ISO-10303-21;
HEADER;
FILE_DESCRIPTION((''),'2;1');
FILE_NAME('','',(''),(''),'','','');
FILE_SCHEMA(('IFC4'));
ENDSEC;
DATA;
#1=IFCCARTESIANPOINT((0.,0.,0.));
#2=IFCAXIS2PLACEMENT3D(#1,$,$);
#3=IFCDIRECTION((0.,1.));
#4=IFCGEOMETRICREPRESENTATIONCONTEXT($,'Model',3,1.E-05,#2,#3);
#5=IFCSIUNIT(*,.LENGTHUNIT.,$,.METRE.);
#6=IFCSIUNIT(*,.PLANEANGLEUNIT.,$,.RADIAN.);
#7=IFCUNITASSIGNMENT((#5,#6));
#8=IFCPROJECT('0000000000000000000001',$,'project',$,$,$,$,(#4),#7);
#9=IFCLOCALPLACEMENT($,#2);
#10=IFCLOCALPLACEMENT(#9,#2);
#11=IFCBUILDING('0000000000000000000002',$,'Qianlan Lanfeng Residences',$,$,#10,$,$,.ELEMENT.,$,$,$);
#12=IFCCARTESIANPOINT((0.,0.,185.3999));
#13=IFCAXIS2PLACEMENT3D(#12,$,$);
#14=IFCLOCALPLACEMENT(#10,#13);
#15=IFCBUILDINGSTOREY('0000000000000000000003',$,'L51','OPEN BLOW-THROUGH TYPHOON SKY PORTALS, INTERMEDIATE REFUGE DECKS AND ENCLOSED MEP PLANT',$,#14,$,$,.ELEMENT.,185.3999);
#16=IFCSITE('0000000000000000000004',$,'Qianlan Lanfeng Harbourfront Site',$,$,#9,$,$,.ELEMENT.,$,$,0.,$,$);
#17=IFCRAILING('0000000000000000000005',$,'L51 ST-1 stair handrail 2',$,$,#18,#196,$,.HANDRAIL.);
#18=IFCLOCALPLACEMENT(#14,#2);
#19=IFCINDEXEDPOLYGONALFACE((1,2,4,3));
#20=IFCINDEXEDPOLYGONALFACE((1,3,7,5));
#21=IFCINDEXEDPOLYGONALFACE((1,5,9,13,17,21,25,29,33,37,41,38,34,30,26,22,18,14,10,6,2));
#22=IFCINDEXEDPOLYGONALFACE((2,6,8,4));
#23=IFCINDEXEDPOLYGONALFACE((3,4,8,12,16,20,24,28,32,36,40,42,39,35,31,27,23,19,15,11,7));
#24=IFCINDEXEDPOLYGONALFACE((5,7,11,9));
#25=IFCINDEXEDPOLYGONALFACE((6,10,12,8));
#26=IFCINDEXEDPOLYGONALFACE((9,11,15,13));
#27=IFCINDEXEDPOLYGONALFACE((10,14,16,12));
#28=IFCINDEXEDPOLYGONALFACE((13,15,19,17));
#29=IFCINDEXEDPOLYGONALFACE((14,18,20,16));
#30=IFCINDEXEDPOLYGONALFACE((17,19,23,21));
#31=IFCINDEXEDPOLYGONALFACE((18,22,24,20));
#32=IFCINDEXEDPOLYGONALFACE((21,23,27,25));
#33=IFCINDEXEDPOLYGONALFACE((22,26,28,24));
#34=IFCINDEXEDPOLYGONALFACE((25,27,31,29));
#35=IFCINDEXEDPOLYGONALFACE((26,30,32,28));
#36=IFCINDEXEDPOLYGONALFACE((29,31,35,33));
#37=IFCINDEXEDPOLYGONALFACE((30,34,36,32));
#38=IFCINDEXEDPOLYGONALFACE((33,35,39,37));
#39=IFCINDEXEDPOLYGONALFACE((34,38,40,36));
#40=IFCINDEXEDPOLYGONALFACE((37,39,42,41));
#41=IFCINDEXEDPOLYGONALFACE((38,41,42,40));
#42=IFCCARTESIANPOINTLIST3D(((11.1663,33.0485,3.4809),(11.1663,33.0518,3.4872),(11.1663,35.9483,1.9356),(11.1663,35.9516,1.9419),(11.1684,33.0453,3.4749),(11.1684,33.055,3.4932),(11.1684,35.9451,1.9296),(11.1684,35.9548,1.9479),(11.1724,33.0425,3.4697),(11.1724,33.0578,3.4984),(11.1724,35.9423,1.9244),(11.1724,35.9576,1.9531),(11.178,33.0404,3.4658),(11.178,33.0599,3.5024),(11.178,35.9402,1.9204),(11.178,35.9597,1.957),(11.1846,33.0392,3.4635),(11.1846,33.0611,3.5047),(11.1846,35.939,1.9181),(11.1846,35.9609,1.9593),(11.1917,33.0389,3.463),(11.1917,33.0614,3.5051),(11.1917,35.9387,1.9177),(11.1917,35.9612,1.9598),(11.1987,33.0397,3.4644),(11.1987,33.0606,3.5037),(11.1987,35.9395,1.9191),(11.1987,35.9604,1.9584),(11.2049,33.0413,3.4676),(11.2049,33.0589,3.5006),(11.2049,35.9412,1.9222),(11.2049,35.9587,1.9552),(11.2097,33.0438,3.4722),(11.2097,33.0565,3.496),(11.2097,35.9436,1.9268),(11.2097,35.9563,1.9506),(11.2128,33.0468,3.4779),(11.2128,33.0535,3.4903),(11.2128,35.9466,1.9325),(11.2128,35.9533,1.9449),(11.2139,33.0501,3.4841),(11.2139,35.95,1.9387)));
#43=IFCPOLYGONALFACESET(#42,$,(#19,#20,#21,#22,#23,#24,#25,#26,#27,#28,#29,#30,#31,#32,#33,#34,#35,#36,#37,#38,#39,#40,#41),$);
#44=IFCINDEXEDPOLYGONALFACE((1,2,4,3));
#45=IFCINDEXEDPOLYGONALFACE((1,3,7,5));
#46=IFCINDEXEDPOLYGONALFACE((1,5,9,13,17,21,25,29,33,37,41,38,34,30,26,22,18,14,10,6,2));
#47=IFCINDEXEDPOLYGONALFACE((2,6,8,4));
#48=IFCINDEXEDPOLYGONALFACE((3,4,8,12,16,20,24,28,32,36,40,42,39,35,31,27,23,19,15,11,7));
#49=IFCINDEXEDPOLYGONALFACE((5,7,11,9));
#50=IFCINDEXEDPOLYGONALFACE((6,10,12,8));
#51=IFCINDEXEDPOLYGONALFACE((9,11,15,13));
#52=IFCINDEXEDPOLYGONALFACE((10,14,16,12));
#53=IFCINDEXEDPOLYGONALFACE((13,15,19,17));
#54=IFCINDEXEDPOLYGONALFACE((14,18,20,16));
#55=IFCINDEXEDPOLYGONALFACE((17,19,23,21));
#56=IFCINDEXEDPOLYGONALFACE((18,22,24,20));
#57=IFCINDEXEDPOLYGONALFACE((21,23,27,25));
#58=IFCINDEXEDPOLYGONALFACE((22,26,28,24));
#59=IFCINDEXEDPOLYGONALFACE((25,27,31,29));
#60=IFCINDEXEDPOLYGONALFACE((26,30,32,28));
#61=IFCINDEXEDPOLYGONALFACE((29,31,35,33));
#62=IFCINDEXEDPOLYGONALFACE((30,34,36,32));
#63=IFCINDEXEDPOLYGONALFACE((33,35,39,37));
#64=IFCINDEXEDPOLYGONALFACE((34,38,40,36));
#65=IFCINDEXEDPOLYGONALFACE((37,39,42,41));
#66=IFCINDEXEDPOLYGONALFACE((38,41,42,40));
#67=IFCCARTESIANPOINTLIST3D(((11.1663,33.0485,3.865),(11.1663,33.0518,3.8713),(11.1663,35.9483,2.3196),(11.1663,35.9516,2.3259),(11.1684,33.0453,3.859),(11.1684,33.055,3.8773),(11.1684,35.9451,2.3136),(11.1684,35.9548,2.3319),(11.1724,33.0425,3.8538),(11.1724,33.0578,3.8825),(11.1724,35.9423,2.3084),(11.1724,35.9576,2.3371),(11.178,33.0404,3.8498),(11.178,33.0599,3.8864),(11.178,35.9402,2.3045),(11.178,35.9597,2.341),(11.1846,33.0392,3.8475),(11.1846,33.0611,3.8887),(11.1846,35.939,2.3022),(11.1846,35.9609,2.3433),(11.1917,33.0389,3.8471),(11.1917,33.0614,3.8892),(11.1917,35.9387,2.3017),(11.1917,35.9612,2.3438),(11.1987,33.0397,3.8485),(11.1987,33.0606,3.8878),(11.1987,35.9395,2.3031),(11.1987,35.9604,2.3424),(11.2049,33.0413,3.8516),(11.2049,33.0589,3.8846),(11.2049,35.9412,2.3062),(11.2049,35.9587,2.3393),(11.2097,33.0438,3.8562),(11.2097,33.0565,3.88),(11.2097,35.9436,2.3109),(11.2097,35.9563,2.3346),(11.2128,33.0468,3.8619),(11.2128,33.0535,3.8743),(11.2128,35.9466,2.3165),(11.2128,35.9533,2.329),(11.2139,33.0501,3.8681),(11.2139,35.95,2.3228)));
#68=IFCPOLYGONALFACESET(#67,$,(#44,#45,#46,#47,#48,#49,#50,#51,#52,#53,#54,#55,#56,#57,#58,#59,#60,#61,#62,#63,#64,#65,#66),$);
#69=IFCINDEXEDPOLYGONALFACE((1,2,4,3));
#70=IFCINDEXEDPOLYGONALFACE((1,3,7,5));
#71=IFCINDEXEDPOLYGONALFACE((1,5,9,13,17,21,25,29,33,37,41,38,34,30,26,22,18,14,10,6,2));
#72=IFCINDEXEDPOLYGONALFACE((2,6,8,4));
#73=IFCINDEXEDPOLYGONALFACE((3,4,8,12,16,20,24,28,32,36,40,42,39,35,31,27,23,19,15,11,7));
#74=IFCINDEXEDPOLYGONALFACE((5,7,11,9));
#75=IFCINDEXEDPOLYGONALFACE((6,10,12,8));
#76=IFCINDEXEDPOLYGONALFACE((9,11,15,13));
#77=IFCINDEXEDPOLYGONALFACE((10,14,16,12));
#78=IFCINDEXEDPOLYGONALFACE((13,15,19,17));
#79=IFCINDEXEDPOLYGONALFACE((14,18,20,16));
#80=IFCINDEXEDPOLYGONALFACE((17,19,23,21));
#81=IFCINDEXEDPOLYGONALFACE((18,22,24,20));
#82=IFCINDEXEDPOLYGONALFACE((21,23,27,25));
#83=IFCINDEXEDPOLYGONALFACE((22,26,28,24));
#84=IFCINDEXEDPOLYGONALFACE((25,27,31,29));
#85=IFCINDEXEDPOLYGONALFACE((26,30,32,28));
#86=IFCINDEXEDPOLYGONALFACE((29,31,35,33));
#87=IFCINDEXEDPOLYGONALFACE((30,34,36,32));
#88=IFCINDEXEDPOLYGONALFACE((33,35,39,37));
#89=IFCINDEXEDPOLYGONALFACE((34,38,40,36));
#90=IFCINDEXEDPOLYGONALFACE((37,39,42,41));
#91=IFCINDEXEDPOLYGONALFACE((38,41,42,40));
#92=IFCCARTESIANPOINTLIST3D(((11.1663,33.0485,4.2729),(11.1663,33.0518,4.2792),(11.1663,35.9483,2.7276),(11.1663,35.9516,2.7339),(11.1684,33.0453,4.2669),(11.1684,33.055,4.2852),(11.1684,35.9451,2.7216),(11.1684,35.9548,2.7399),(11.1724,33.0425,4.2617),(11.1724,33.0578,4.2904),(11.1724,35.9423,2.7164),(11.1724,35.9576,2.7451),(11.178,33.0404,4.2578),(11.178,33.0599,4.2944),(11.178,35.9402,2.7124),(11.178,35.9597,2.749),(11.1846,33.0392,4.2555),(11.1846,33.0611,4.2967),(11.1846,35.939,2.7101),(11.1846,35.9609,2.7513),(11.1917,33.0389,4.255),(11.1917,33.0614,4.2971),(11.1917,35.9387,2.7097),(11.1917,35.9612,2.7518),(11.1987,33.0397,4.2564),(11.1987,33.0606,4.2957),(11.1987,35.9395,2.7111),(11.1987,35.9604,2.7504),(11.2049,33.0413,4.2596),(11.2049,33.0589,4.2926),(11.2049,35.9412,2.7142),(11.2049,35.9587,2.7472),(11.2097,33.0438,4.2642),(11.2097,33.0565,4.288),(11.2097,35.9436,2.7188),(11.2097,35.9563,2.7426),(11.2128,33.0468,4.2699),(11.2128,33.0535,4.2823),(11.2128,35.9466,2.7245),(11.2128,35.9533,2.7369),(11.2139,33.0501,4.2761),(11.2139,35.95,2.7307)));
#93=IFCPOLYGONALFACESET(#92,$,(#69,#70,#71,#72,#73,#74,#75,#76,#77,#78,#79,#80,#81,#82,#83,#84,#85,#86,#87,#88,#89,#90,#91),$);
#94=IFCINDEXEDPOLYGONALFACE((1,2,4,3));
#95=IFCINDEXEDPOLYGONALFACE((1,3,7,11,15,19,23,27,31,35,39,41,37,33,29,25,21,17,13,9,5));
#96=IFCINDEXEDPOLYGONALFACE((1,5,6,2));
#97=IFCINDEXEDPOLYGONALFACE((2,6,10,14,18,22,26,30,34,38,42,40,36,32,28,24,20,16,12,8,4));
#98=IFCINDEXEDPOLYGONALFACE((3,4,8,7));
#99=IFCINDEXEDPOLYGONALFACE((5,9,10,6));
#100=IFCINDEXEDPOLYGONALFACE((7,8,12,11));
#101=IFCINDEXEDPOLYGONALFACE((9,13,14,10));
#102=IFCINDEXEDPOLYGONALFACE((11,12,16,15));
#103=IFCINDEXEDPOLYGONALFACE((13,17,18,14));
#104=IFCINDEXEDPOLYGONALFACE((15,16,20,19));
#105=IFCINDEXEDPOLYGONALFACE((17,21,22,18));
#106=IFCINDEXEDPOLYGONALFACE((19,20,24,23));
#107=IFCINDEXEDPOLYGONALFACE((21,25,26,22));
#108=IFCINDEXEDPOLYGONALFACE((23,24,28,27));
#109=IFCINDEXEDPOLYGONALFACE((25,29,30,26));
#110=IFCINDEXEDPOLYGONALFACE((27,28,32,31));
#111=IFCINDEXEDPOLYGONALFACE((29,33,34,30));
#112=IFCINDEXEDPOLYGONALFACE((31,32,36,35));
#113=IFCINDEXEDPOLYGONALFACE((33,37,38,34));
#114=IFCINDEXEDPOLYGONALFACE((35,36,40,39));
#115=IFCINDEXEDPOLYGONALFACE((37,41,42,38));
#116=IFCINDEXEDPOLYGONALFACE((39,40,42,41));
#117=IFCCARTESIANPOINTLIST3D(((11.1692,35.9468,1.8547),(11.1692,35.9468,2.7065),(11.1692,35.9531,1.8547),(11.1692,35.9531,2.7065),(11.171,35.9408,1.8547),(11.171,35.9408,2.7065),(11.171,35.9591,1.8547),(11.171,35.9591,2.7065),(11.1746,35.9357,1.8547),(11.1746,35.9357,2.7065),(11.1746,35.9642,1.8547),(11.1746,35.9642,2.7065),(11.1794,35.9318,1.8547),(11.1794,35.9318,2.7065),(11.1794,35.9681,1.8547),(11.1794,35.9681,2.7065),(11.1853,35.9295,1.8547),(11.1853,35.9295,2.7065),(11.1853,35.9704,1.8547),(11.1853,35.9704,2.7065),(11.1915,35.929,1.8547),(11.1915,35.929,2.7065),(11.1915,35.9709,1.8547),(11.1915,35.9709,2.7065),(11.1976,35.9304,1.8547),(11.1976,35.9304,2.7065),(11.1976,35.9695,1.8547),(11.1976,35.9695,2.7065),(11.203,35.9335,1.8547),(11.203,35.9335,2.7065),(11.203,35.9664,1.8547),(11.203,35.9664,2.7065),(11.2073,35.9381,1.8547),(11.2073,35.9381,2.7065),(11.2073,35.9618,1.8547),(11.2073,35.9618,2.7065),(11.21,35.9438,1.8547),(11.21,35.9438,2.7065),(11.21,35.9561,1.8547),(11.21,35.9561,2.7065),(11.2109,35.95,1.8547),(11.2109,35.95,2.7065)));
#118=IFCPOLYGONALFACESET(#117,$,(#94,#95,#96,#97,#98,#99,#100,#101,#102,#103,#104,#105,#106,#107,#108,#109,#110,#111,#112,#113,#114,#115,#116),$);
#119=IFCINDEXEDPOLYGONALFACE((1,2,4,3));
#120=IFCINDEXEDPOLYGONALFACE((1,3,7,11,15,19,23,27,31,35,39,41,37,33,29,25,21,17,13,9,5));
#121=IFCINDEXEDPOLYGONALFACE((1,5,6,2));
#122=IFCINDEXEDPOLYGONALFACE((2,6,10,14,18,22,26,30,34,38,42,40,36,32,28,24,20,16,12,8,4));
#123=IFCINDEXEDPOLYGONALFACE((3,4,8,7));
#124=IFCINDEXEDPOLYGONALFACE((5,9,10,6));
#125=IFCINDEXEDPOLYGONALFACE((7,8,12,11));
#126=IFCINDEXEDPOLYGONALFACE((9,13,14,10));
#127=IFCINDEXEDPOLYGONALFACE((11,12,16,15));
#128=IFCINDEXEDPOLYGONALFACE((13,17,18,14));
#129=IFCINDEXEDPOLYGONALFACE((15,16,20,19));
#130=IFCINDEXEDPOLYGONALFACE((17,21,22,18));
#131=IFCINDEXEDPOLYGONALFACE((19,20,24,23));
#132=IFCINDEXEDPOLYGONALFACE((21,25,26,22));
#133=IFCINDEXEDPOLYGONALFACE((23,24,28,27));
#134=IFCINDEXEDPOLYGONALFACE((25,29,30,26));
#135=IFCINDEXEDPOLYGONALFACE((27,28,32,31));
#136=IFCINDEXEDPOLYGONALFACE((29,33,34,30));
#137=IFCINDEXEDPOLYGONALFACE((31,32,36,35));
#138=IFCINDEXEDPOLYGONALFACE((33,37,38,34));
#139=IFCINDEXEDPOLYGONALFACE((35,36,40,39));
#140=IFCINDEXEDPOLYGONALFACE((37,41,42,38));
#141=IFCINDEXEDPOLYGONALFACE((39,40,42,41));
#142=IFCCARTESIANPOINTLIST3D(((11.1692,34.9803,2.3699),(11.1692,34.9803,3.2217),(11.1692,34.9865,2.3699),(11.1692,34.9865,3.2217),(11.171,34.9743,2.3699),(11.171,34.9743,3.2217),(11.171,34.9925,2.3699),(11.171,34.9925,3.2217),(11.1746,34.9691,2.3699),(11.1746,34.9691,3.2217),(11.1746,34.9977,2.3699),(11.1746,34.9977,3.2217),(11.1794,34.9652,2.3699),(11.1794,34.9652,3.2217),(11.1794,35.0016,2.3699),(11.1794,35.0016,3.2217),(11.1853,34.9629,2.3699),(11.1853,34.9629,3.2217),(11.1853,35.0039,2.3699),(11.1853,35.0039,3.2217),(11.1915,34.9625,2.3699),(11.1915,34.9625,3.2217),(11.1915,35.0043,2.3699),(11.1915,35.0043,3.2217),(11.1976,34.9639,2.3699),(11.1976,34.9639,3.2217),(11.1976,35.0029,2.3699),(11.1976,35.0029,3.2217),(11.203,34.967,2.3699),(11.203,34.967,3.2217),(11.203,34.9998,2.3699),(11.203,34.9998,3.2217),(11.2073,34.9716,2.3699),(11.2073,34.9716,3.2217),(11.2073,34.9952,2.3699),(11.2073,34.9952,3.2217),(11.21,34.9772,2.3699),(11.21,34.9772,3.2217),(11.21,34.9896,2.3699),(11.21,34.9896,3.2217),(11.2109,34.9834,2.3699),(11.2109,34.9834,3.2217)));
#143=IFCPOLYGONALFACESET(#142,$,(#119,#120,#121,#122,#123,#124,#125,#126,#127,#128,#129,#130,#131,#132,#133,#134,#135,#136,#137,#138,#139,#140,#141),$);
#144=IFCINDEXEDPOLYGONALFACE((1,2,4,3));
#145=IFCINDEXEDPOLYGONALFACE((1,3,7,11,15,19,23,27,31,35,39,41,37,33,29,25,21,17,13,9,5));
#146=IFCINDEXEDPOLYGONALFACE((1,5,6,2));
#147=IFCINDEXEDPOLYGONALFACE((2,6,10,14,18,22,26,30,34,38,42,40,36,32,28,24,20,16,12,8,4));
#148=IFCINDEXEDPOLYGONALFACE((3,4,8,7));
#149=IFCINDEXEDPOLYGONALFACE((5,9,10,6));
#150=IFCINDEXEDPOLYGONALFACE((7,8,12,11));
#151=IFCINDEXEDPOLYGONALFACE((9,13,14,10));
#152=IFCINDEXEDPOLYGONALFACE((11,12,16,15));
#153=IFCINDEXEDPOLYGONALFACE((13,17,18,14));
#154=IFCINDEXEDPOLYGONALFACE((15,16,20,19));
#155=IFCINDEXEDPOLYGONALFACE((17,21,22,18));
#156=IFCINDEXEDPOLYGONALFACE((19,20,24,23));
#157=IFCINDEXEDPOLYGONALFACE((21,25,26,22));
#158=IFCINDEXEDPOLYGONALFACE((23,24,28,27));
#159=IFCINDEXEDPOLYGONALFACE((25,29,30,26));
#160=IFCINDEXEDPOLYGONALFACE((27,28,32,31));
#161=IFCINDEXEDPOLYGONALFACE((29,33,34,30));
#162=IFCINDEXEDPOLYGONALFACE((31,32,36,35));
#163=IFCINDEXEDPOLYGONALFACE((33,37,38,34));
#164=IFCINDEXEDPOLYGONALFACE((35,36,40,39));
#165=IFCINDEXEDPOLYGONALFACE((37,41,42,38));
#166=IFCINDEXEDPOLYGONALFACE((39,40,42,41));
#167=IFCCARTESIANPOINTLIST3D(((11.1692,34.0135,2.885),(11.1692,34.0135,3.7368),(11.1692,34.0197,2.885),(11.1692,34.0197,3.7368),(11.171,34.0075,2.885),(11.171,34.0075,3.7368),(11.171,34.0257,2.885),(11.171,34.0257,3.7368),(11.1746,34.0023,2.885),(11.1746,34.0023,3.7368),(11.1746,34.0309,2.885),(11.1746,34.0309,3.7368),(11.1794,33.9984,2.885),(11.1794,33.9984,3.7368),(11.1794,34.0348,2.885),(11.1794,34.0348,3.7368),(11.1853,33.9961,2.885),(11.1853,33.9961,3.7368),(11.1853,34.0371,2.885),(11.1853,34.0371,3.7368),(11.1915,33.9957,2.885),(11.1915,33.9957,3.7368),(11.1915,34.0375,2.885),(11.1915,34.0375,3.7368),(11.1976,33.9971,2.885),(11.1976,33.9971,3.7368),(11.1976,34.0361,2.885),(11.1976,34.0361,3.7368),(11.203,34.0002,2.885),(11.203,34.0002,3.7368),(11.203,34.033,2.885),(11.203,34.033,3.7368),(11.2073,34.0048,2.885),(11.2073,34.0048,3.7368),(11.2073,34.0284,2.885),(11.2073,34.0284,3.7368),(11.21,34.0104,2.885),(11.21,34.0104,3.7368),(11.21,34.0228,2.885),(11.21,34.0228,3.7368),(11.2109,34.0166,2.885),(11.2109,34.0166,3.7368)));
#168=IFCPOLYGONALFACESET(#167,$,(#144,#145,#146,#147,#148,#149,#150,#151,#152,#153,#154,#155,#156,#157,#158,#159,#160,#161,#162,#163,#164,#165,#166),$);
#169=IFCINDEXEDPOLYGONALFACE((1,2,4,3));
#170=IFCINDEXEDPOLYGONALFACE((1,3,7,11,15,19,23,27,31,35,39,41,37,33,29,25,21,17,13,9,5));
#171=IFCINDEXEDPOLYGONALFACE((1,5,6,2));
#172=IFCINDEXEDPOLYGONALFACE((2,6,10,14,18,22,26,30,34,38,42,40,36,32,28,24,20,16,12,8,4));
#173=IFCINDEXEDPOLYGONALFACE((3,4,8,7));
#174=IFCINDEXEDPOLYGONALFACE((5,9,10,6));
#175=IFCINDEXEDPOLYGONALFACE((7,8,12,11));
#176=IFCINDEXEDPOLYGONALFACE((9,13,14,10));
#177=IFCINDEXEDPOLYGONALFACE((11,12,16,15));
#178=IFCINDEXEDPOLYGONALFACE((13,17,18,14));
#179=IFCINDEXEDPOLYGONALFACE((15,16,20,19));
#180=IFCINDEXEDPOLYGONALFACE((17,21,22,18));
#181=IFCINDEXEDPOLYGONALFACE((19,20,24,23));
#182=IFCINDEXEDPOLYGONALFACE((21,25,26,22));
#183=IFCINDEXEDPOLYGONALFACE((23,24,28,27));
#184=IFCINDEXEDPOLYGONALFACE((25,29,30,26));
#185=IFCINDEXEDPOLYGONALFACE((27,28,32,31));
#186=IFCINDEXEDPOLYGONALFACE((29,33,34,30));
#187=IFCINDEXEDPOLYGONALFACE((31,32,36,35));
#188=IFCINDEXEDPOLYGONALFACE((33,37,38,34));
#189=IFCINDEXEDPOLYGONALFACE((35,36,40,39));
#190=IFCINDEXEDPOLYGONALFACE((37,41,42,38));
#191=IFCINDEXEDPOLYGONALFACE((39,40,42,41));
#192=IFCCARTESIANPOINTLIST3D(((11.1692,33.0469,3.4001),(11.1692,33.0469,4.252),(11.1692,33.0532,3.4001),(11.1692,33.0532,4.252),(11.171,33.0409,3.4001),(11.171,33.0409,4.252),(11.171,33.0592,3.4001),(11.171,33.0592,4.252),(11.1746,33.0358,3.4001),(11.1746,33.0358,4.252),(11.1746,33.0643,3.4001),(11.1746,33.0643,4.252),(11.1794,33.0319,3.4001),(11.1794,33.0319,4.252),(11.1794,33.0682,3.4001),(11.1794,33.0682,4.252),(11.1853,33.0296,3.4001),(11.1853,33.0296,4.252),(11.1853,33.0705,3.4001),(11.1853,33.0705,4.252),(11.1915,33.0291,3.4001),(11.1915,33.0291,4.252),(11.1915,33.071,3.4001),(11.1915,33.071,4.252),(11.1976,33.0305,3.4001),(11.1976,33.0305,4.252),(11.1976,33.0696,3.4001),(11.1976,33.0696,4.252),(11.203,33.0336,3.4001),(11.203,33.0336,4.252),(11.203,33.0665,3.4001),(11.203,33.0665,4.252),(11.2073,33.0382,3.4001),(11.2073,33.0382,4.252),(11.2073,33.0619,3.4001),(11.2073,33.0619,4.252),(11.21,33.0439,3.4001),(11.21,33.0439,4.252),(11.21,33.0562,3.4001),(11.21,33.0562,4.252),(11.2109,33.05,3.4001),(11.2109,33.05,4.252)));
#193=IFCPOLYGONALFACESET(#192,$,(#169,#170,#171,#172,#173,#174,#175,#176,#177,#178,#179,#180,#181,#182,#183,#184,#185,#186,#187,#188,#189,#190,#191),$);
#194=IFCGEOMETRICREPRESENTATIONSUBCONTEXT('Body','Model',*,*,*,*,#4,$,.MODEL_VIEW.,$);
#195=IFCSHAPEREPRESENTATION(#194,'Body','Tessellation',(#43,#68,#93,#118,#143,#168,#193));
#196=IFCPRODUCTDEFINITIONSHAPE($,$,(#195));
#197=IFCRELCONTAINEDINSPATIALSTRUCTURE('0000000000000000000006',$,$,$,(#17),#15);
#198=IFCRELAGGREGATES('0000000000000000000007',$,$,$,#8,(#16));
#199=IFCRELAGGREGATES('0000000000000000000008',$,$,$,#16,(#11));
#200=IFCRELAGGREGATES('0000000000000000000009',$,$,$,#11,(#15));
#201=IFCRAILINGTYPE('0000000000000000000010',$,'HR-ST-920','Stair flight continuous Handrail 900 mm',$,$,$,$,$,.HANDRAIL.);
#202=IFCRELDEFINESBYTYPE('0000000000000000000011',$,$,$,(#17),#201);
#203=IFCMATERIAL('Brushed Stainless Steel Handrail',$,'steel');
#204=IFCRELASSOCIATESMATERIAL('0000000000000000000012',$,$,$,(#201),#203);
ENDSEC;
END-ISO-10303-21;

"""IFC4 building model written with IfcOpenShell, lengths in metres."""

from ifc_helpers import new_model, si_unit, direction, frame, origin, origin_2d, place, context, subcontext, project, spatial, circle, extrude, material, type_object, element, save


model = new_model("IFC4")

# Units and contexts
model_context = context("Model", 3, precision=1e-05, world=origin(), true_north=direction((0.0, 1.0)))
body_context = subcontext(model_context, "Body", "Model", "MODEL_VIEW")
ifc_project = project(units=[si_unit("LENGTHUNIT", "METRE"), si_unit("PLANEANGLEUNIT", "RADIAN")], contexts=[model_context])

# Site, building, storey
site_placement = place(None, origin())
site = spatial("IfcSite", under=ifc_project, at=site_placement, Name="Qianlan Lanfeng Harbourfront Site", CompositionType="ELEMENT", RefElevation=0.0)
building_placement = place(site_placement, origin())
building = spatial("IfcBuilding", under=site, at=building_placement, Name="Qianlan Lanfeng Residences", CompositionType="ELEMENT")
storey_placement = place(building_placement, frame((0.0, 0.0, 185.3999)))
storey = spatial("IfcBuildingStorey", under=building, at=storey_placement, Name="L51", Description="OPEN BLOW-THROUGH TYPHOON SKY PORTALS, INTERMEDIATE REFUGE DECKS AND ENCLOSED MEP PLANT", CompositionType="ELEMENT", Elevation=185.3999)

# Railing
ifc_material_1 = material(Name="Brushed Stainless Steel Handrail", Category="steel")
railing_type_1 = type_object("IfcRailingType", Name="HR-ST-920", Description="Stair flight continuous Handrail 900 mm", PredefinedType="HANDRAIL", material=ifc_material_1)
for number, where, name in (
    (1, (11.1899, 35.95, 1.8547), "L51 ST-1 stair handrail 2"),
):
    element("IfcRailing", number, at=place(storey_placement, frame(where)), inside=storey, type_object=railing_type_1, Name=name, PredefinedType="HANDRAIL", context=body_context, shape_type="SweptSolid", body=[
        extrude(circle(Radius=0.0239, at=origin_2d()), frame((0.0, 0.0, 0.084), z_axis=(0.0, -0.882505, 0.470303), x_axis=(1.0, 0.0, 0.0)), (0.0, 0.0, 1.0), 3.2859),
        extrude(circle(Radius=0.0239, at=origin_2d()), frame((0.0, 0.0, 0.468), z_axis=(0.0, -0.882505, 0.470303), x_axis=(1.0, 0.0, 0.0)), (0.0, 0.0, 1.0), 3.2859),
        extrude(circle(Radius=0.0239, at=origin_2d()), frame((0.0, 0.0, 0.876), z_axis=(0.0, -0.882505, 0.470303), x_axis=(1.0, 0.0, 0.0)), (0.0, 0.0, 1.0), 3.2859),
        extrude(circle(Radius=0.021, at=origin_2d()), origin(), (0.0, 0.0, 1.0), 0.8518),
        extrude(circle(Radius=0.021, at=origin_2d()), frame((0.0, -0.9666, 0.5151)), (0.0, 0.0, 1.0), 0.8518),
        extrude(circle(Radius=0.021, at=origin_2d()), frame((0.0, -1.9333, 1.0303)), (0.0, 0.0, 1.0), 0.8518),
        extrude(circle(Radius=0.021, at=origin_2d()), frame((0.0, -2.8999, 1.5454)), (0.0, 0.0, 1.0), 0.8518),
    ])

save(model, "model.ifc")
